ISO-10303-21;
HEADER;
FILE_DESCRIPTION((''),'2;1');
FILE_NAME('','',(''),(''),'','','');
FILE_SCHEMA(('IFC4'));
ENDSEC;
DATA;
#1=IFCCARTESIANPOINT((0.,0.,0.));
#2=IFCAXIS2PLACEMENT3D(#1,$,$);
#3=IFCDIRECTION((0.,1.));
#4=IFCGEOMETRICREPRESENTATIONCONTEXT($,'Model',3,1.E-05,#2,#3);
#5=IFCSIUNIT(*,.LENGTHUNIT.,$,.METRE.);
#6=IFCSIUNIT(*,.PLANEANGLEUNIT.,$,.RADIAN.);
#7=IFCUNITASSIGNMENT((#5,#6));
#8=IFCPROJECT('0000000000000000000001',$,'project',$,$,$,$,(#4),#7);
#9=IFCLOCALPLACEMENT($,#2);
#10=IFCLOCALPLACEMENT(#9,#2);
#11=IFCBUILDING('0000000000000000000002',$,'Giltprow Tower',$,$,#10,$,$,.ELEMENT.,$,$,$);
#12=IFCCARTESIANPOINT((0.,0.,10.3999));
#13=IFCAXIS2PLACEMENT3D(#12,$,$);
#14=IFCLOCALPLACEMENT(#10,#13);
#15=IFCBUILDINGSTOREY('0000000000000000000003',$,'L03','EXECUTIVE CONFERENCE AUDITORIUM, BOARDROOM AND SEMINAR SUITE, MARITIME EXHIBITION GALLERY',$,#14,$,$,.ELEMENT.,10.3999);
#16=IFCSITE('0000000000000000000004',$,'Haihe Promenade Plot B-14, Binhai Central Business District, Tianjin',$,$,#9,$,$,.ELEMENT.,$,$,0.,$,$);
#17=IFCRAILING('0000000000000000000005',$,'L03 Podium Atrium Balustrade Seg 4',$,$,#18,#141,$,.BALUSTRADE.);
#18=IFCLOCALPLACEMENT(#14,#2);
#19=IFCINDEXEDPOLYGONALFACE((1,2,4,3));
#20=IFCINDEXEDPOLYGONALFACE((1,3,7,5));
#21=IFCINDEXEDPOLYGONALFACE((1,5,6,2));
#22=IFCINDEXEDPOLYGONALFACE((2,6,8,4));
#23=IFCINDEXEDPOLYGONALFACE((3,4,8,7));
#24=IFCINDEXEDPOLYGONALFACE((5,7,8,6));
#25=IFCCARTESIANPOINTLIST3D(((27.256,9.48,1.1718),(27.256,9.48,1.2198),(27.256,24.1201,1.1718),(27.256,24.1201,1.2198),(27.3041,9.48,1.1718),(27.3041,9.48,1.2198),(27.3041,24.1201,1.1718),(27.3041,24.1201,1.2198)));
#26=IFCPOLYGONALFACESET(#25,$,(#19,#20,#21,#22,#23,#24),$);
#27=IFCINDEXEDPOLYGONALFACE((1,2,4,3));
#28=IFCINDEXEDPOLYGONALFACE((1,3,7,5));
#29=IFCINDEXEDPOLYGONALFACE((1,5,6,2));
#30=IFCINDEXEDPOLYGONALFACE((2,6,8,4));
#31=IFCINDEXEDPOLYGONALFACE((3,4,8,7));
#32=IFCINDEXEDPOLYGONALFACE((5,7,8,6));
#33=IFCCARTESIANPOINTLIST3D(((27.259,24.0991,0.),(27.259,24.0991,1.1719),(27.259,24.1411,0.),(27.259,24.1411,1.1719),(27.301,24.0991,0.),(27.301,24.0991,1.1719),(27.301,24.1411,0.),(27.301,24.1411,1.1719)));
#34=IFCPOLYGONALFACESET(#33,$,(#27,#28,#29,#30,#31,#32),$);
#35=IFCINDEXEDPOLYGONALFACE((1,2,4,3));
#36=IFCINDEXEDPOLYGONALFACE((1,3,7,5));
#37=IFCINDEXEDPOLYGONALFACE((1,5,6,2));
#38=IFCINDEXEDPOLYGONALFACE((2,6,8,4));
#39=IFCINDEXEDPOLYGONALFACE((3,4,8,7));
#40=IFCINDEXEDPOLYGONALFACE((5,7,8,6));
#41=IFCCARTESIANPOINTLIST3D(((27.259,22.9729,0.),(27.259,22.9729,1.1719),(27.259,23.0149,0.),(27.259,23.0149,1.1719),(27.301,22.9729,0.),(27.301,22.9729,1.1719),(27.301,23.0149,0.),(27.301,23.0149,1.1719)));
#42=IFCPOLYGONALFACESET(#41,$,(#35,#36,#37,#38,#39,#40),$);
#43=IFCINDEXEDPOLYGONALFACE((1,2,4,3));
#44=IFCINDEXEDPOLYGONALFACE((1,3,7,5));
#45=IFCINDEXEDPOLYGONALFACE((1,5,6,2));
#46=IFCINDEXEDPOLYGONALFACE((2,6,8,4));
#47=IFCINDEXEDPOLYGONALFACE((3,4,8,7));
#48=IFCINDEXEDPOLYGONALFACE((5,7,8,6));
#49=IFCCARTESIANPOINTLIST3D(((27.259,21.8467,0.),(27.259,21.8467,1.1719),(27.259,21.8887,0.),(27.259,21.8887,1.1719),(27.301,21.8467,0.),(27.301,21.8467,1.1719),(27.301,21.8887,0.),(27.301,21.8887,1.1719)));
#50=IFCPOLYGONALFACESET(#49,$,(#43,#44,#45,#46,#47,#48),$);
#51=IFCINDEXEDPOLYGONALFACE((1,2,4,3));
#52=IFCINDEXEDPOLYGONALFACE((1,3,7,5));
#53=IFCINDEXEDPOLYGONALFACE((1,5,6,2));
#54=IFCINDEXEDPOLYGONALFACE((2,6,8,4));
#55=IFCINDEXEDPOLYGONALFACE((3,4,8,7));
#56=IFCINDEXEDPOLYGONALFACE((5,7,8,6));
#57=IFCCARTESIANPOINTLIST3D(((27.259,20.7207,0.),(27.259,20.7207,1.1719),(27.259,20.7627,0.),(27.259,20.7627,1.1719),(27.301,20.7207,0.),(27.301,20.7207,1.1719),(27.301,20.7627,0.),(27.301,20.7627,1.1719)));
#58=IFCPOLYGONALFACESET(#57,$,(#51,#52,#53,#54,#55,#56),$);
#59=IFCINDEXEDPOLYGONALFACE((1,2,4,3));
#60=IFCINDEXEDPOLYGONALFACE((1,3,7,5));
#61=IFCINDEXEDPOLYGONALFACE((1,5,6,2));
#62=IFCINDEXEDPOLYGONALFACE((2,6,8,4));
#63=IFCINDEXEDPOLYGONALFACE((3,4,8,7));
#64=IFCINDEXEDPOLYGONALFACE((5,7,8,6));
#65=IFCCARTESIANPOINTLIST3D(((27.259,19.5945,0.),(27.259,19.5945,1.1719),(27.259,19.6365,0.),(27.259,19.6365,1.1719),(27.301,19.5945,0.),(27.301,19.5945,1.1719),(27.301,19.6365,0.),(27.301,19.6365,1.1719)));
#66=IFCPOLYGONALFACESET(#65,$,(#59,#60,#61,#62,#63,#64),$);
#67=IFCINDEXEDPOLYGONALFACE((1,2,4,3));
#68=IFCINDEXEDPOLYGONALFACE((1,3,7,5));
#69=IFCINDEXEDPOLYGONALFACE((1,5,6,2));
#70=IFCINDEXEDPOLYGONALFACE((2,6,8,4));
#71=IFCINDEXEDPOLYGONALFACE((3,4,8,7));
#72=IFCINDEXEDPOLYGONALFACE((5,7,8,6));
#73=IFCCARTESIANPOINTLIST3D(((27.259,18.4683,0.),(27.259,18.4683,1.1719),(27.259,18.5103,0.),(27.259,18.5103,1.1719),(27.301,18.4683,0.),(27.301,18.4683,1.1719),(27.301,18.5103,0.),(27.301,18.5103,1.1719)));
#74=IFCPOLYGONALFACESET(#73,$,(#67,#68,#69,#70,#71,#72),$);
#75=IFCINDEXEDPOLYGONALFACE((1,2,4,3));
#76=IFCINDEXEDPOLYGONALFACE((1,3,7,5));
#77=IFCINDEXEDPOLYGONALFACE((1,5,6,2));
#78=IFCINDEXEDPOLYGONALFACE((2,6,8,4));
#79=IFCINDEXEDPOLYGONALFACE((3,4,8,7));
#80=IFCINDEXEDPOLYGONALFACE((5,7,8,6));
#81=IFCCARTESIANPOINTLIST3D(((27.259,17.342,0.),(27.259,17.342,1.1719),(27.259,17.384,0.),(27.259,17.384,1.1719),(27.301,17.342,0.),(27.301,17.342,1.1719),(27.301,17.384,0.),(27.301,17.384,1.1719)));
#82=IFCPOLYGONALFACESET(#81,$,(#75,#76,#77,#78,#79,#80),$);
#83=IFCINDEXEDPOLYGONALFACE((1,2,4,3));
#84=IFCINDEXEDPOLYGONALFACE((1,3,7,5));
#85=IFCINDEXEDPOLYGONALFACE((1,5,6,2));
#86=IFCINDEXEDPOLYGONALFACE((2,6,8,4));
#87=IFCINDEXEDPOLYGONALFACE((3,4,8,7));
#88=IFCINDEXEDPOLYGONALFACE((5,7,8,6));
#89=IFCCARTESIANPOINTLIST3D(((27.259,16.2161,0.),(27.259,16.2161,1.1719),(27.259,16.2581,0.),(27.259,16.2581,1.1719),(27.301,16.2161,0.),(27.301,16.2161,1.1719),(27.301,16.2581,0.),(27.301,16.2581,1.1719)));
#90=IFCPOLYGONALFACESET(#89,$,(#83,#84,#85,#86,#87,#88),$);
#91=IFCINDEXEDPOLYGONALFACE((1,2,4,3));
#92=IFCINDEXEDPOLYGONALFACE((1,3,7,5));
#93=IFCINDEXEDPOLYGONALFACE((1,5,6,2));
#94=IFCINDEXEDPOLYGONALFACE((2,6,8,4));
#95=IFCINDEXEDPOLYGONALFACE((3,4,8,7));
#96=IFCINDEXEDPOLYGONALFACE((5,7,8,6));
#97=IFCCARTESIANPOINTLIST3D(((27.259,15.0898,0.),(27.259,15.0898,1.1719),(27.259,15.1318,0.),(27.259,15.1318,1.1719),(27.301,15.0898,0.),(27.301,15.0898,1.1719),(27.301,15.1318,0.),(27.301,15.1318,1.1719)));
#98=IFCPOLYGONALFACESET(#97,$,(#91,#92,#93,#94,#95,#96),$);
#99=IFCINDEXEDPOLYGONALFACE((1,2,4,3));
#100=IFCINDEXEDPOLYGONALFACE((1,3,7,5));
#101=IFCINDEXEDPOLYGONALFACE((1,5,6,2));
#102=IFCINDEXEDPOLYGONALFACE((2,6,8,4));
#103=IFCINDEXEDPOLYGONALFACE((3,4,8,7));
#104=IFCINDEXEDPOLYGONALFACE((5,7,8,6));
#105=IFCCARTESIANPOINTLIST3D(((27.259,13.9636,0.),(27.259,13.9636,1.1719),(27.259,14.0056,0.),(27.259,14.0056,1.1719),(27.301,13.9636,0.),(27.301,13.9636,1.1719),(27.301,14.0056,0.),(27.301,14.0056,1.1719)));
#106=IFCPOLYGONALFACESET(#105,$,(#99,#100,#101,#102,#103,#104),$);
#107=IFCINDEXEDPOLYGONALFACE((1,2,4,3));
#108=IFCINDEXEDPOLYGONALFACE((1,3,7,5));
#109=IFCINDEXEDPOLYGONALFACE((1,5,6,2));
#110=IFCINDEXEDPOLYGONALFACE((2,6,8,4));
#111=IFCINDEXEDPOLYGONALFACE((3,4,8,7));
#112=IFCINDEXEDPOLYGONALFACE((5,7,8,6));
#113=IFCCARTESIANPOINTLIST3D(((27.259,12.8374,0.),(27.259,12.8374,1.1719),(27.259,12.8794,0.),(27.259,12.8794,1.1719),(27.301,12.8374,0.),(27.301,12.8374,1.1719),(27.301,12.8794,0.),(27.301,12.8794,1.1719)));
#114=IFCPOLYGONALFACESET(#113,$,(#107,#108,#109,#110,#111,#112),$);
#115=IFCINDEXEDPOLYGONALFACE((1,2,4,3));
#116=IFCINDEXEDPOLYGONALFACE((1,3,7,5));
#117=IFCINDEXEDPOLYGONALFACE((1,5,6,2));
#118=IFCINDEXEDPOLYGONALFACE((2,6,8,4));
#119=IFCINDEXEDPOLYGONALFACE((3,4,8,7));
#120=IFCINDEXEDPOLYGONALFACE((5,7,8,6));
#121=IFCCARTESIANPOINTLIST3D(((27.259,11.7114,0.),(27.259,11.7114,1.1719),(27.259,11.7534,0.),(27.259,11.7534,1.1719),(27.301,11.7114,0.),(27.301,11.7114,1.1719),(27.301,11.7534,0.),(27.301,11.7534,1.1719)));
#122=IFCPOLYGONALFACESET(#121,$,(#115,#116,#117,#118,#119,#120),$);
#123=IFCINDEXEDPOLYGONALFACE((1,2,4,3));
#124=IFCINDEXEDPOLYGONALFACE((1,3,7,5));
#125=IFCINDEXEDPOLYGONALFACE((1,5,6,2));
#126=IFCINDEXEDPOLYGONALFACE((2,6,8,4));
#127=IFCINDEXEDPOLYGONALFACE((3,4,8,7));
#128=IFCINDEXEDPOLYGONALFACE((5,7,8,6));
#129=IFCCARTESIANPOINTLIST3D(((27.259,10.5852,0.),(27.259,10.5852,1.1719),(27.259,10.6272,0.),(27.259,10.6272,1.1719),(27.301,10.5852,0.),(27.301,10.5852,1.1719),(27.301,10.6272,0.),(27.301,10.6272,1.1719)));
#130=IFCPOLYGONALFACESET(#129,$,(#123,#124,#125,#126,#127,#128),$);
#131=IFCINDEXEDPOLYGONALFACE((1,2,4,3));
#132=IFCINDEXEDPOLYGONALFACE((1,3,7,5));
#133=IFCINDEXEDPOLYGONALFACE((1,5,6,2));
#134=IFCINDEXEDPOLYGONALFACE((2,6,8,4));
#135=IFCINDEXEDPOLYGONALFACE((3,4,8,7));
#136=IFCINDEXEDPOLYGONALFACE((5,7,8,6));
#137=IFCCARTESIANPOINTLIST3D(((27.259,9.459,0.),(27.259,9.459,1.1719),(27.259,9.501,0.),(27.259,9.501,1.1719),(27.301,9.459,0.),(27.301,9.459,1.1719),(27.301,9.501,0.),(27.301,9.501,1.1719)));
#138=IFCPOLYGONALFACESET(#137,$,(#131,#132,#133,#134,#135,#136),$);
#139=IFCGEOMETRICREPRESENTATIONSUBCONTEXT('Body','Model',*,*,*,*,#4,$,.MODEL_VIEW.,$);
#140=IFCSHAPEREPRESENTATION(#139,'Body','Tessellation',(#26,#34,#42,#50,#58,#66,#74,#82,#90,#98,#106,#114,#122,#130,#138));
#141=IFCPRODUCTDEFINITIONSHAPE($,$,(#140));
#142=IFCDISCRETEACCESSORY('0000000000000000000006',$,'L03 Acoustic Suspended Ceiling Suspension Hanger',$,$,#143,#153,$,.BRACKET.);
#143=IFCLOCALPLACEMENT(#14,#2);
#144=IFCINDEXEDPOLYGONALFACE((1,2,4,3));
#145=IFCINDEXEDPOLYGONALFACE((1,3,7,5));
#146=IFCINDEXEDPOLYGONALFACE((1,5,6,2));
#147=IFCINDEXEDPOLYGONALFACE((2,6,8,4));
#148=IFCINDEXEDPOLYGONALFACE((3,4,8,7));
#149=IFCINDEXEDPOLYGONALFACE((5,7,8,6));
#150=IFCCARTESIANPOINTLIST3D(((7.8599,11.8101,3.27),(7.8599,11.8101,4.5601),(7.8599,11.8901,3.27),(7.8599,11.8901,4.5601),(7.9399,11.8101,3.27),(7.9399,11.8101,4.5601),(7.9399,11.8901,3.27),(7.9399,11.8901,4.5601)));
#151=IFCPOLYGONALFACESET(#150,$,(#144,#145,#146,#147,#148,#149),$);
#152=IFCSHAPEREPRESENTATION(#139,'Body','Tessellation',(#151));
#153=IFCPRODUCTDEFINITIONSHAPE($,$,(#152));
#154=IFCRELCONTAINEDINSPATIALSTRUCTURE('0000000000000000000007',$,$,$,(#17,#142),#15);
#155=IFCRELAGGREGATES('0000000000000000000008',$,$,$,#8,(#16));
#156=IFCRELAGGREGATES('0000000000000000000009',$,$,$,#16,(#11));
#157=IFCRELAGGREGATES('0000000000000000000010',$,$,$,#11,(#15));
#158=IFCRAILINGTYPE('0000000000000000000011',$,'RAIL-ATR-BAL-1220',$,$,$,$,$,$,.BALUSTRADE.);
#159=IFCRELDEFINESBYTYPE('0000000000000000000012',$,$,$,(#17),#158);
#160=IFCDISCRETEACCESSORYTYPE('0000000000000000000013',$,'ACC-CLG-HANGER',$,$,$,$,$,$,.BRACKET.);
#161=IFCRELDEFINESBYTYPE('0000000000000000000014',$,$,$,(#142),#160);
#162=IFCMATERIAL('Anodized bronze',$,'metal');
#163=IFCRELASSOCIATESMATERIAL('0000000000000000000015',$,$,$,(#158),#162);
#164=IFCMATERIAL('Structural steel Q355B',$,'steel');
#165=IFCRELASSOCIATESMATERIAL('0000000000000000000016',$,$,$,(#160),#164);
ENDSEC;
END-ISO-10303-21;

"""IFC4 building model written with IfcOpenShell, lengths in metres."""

from ifc_helpers import new_model, si_unit, direction, frame, origin, origin_2d, place, context, subcontext, project, spatial, rectangle, extrude, source, transform, mapped, material, type_object, element, save


model = new_model("IFC4")

# Units and contexts
model_context = context("Model", 3, precision=1e-05, world=origin(), true_north=direction((0.0, 1.0)))
body_context = subcontext(model_context, "Body", "Model", "MODEL_VIEW")
ifc_project = project(units=[si_unit("LENGTHUNIT", "METRE"), si_unit("PLANEANGLEUNIT", "RADIAN")], contexts=[model_context])

# Site, building, storey
site_placement = place(None, origin())
site = spatial("IfcSite", under=ifc_project, at=site_placement, Name="Haihe Promenade Plot B-14, Binhai Central Business District, Tianjin", CompositionType="ELEMENT", RefElevation=0.0)
building_placement = place(site_placement, origin())
building = spatial("IfcBuilding", under=site, at=building_placement, Name="Giltprow Tower", CompositionType="ELEMENT")
storey_placement = place(building_placement, frame((0.0, 0.0, 10.3999)))
storey = spatial("IfcBuildingStorey", under=building, at=storey_placement, Name="L03", Description="EXECUTIVE CONFERENCE AUDITORIUM, BOARDROOM AND SEMINAR SUITE, MARITIME EXHIBITION GALLERY", CompositionType="ELEMENT", Elevation=10.3999)

# Shared definitions
ifc_material_1 = material(Name="Structural steel Q355B", Category="steel")

# Railing
ifc_material_2 = material(Name="Anodized bronze", Category="metal")
railing_type = type_object("IfcRailingType", Name="RAIL-ATR-BAL-1220", PredefinedType="BALUSTRADE", material=ifc_material_2)
railing_1_placement = place(storey_placement, frame((27.28, 24.1201, 0.0)))
element("IfcRailing", 1, at=railing_1_placement, inside=storey, type_object=railing_type, Name="L03 Podium Atrium Balustrade Seg 4", PredefinedType="BALUSTRADE", context=body_context, shape_type="SweptSolid", body=[
    extrude(rectangle(XDim=0.0481, YDim=0.0481, at=origin_2d()), frame((0.0, 0.0, 1.1958), z_axis=(0.0, -1.0, 0.0), x_axis=(1.0, 0.0, 0.0)), (0.0, 0.0, 1.0), 14.6401),
    extrude(rectangle(XDim=0.042, YDim=0.042, at=origin_2d()), origin(), (0.0, 0.0, 1.0), 1.1719),
    extrude(rectangle(XDim=0.042, YDim=0.042, at=origin_2d()), frame((0.0, -1.1262, 0.0)), (0.0, 0.0, 1.0), 1.1719),
    extrude(rectangle(XDim=0.042, YDim=0.042, at=origin_2d()), frame((0.0, -2.2524, 0.0)), (0.0, 0.0, 1.0), 1.1719),
    extrude(rectangle(XDim=0.042, YDim=0.042, at=origin_2d()), frame((0.0, -3.3784, 0.0)), (0.0, 0.0, 1.0), 1.1719),
    extrude(rectangle(XDim=0.042, YDim=0.042, at=origin_2d()), frame((0.0, -4.5046, 0.0)), (0.0, 0.0, 1.0), 1.1719),
    extrude(rectangle(XDim=0.042, YDim=0.042, at=origin_2d()), frame((0.0, -5.6309, 0.0)), (0.0, 0.0, 1.0), 1.1719),
    extrude(rectangle(XDim=0.042, YDim=0.042, at=origin_2d()), frame((0.0, -6.7571, 0.0)), (0.0, 0.0, 1.0), 1.1719),
    extrude(rectangle(XDim=0.042, YDim=0.042, at=origin_2d()), frame((0.0, -7.8831, 0.0)), (0.0, 0.0, 1.0), 1.1719),
    extrude(rectangle(XDim=0.042, YDim=0.042, at=origin_2d()), frame((0.0, -9.0093, 0.0)), (0.0, 0.0, 1.0), 1.1719),
    extrude(rectangle(XDim=0.042, YDim=0.042, at=origin_2d()), frame((0.0, -10.1355, 0.0)), (0.0, 0.0, 1.0), 1.1719),
    extrude(rectangle(XDim=0.042, YDim=0.042, at=origin_2d()), frame((0.0, -11.2617, 0.0)), (0.0, 0.0, 1.0), 1.1719),
    extrude(rectangle(XDim=0.042, YDim=0.042, at=origin_2d()), frame((0.0, -12.3877, 0.0)), (0.0, 0.0, 1.0), 1.1719),
    extrude(rectangle(XDim=0.042, YDim=0.042, at=origin_2d()), frame((0.0, -13.5139, 0.0)), (0.0, 0.0, 1.0), 1.1719),
    extrude(rectangle(XDim=0.042, YDim=0.042, at=origin_2d()), frame((0.0, -14.6401, 0.0)), (0.0, 0.0, 1.0), 1.1719),
])

# Discrete accessory
discrete_accessory_type = type_object("IfcDiscreteAccessoryType", Name="ACC-CLG-HANGER", PredefinedType="BRACKET", material=ifc_material_1)
shared_shape_1 = source(origin(), body_context, "Body", "SweptSolid", [
    extrude(rectangle(XDim=0.0801, YDim=0.0801, at=origin_2d()), origin(), (0.0, 0.0, 1.0), 1.29),
])
discrete_accessory_placement = place(storey_placement, frame((7.8999, 11.8501, 3.27), z_axis=(0.0, 0.0, 1.0), x_axis=(1.0, 0.0, 0.0)))
element("IfcDiscreteAccessory", 2, at=discrete_accessory_placement, inside=storey, type_object=discrete_accessory_type, Name="L03 Acoustic Suspended Ceiling Suspension Hanger", PredefinedType="BRACKET", context=body_context, shape_type="MappedRepresentation", body=[
    mapped(shared_shape_1, transform((0.0, 0.0, 0.0), x_axis=(1.0, 0.0, 0.0), y_axis=(0.0, 1.0, 0.0), z_axis=(0.0, 0.0, 1.0), scale=1.0)),
])

save(model, "model.ifc")
